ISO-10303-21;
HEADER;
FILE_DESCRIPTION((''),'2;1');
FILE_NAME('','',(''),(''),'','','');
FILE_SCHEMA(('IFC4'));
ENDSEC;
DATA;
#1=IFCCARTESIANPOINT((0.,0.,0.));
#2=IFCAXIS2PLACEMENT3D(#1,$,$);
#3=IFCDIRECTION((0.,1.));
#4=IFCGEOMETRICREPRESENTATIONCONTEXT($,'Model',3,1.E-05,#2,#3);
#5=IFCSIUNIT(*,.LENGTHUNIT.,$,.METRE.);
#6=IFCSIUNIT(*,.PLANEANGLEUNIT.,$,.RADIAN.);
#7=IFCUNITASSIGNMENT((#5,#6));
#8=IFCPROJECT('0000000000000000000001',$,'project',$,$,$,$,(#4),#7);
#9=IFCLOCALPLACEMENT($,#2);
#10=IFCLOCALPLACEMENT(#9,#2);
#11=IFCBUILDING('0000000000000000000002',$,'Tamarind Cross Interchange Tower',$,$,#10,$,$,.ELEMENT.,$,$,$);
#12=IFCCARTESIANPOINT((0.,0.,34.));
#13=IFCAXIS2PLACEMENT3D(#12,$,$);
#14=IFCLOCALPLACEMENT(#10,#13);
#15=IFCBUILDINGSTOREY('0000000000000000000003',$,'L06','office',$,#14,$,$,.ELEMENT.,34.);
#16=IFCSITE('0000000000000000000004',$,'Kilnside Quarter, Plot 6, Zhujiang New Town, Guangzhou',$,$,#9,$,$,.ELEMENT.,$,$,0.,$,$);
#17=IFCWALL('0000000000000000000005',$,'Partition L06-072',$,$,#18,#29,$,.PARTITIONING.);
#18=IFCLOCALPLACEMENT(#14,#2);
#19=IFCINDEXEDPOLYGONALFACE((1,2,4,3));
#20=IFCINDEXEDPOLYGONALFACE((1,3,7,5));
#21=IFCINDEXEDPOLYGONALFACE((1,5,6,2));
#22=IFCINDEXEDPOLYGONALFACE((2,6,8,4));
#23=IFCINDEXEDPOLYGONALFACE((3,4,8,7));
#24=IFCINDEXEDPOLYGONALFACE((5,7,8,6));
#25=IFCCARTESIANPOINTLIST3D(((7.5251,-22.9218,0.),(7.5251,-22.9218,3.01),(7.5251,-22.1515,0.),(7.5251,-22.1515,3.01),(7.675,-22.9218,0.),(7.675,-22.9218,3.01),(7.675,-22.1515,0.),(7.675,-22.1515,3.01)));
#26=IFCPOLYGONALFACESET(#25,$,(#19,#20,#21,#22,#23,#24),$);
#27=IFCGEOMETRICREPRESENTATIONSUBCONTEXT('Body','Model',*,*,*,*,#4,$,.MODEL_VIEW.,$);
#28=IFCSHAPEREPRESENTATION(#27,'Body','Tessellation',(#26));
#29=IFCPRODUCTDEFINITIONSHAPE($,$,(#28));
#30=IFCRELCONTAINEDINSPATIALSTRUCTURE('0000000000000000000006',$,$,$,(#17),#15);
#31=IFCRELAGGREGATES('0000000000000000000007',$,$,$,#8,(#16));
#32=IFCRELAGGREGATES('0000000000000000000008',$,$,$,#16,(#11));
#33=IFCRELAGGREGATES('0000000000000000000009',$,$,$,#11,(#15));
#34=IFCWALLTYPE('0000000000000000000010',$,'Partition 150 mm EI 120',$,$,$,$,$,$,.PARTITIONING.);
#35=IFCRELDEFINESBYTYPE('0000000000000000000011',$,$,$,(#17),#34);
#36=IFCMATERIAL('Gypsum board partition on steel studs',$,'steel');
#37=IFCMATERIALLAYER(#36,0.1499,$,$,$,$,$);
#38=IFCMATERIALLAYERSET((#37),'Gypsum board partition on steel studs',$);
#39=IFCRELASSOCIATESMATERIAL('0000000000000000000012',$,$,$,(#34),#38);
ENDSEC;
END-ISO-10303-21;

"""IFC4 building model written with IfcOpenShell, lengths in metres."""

from ifc_helpers import new_model, si_unit, direction, frame, frame_2d, origin, place, context, subcontext, project, spatial, rectangle, extrude, material, layer, layer_set, type_object, element, save


model = new_model("IFC4")

# Units and contexts
model_context = context("Model", 3, precision=1e-05, world=origin(), true_north=direction((0.0, 1.0)))
body_context = subcontext(model_context, "Body", "Model", "MODEL_VIEW")
ifc_project = project(units=[si_unit("LENGTHUNIT", "METRE"), si_unit("PLANEANGLEUNIT", "RADIAN")], contexts=[model_context])

# Site, building, storey
site_placement = place(None, origin())
site = spatial("IfcSite", under=ifc_project, at=site_placement, Name="Kilnside Quarter, Plot 6, Zhujiang New Town, Guangzhou", CompositionType="ELEMENT", RefElevation=0.0)
building_placement = place(site_placement, origin())
building = spatial("IfcBuilding", under=site, at=building_placement, Name="Tamarind Cross Interchange Tower", CompositionType="ELEMENT")
storey_placement = place(building_placement, frame((0.0, 0.0, 34.0)))
storey = spatial("IfcBuildingStorey", under=building, at=storey_placement, Name="L06", Description="office", CompositionType="ELEMENT", Elevation=34.0)

# Shared definitions
ifc_material_1 = material(Name="Gypsum board partition on steel studs", Category="steel")

# Shared definitions
ifc_layer_1 = layer(ifc_material_1, 0.1499)
ifc_layer_set_1 = layer_set([ifc_layer_1], Name="Gypsum board partition on steel studs")
wall_type_1 = type_object("IfcWallType", Name="Partition 150 mm EI 120", PredefinedType="PARTITIONING", material=ifc_layer_set_1)

# Wall
wall_1_placement = place(storey_placement, frame((7.6001, -22.9219, 0.0), z_axis=(0.0, 0.0, 1.0), x_axis=(0.0, 1.0, 0.0)))
element("IfcWall", 1, at=wall_1_placement, inside=storey, type_object=wall_type_1, Name="Partition L06-072", PredefinedType="PARTITIONING", context=body_context, shape_type="SweptSolid", body=[
    extrude(rectangle(XDim=0.7703, YDim=0.1499, at=frame_2d((0.3853, 0.0))), origin(), (0.0, 0.0, 1.0), 3.01),
])

save(model, "model.ifc")
